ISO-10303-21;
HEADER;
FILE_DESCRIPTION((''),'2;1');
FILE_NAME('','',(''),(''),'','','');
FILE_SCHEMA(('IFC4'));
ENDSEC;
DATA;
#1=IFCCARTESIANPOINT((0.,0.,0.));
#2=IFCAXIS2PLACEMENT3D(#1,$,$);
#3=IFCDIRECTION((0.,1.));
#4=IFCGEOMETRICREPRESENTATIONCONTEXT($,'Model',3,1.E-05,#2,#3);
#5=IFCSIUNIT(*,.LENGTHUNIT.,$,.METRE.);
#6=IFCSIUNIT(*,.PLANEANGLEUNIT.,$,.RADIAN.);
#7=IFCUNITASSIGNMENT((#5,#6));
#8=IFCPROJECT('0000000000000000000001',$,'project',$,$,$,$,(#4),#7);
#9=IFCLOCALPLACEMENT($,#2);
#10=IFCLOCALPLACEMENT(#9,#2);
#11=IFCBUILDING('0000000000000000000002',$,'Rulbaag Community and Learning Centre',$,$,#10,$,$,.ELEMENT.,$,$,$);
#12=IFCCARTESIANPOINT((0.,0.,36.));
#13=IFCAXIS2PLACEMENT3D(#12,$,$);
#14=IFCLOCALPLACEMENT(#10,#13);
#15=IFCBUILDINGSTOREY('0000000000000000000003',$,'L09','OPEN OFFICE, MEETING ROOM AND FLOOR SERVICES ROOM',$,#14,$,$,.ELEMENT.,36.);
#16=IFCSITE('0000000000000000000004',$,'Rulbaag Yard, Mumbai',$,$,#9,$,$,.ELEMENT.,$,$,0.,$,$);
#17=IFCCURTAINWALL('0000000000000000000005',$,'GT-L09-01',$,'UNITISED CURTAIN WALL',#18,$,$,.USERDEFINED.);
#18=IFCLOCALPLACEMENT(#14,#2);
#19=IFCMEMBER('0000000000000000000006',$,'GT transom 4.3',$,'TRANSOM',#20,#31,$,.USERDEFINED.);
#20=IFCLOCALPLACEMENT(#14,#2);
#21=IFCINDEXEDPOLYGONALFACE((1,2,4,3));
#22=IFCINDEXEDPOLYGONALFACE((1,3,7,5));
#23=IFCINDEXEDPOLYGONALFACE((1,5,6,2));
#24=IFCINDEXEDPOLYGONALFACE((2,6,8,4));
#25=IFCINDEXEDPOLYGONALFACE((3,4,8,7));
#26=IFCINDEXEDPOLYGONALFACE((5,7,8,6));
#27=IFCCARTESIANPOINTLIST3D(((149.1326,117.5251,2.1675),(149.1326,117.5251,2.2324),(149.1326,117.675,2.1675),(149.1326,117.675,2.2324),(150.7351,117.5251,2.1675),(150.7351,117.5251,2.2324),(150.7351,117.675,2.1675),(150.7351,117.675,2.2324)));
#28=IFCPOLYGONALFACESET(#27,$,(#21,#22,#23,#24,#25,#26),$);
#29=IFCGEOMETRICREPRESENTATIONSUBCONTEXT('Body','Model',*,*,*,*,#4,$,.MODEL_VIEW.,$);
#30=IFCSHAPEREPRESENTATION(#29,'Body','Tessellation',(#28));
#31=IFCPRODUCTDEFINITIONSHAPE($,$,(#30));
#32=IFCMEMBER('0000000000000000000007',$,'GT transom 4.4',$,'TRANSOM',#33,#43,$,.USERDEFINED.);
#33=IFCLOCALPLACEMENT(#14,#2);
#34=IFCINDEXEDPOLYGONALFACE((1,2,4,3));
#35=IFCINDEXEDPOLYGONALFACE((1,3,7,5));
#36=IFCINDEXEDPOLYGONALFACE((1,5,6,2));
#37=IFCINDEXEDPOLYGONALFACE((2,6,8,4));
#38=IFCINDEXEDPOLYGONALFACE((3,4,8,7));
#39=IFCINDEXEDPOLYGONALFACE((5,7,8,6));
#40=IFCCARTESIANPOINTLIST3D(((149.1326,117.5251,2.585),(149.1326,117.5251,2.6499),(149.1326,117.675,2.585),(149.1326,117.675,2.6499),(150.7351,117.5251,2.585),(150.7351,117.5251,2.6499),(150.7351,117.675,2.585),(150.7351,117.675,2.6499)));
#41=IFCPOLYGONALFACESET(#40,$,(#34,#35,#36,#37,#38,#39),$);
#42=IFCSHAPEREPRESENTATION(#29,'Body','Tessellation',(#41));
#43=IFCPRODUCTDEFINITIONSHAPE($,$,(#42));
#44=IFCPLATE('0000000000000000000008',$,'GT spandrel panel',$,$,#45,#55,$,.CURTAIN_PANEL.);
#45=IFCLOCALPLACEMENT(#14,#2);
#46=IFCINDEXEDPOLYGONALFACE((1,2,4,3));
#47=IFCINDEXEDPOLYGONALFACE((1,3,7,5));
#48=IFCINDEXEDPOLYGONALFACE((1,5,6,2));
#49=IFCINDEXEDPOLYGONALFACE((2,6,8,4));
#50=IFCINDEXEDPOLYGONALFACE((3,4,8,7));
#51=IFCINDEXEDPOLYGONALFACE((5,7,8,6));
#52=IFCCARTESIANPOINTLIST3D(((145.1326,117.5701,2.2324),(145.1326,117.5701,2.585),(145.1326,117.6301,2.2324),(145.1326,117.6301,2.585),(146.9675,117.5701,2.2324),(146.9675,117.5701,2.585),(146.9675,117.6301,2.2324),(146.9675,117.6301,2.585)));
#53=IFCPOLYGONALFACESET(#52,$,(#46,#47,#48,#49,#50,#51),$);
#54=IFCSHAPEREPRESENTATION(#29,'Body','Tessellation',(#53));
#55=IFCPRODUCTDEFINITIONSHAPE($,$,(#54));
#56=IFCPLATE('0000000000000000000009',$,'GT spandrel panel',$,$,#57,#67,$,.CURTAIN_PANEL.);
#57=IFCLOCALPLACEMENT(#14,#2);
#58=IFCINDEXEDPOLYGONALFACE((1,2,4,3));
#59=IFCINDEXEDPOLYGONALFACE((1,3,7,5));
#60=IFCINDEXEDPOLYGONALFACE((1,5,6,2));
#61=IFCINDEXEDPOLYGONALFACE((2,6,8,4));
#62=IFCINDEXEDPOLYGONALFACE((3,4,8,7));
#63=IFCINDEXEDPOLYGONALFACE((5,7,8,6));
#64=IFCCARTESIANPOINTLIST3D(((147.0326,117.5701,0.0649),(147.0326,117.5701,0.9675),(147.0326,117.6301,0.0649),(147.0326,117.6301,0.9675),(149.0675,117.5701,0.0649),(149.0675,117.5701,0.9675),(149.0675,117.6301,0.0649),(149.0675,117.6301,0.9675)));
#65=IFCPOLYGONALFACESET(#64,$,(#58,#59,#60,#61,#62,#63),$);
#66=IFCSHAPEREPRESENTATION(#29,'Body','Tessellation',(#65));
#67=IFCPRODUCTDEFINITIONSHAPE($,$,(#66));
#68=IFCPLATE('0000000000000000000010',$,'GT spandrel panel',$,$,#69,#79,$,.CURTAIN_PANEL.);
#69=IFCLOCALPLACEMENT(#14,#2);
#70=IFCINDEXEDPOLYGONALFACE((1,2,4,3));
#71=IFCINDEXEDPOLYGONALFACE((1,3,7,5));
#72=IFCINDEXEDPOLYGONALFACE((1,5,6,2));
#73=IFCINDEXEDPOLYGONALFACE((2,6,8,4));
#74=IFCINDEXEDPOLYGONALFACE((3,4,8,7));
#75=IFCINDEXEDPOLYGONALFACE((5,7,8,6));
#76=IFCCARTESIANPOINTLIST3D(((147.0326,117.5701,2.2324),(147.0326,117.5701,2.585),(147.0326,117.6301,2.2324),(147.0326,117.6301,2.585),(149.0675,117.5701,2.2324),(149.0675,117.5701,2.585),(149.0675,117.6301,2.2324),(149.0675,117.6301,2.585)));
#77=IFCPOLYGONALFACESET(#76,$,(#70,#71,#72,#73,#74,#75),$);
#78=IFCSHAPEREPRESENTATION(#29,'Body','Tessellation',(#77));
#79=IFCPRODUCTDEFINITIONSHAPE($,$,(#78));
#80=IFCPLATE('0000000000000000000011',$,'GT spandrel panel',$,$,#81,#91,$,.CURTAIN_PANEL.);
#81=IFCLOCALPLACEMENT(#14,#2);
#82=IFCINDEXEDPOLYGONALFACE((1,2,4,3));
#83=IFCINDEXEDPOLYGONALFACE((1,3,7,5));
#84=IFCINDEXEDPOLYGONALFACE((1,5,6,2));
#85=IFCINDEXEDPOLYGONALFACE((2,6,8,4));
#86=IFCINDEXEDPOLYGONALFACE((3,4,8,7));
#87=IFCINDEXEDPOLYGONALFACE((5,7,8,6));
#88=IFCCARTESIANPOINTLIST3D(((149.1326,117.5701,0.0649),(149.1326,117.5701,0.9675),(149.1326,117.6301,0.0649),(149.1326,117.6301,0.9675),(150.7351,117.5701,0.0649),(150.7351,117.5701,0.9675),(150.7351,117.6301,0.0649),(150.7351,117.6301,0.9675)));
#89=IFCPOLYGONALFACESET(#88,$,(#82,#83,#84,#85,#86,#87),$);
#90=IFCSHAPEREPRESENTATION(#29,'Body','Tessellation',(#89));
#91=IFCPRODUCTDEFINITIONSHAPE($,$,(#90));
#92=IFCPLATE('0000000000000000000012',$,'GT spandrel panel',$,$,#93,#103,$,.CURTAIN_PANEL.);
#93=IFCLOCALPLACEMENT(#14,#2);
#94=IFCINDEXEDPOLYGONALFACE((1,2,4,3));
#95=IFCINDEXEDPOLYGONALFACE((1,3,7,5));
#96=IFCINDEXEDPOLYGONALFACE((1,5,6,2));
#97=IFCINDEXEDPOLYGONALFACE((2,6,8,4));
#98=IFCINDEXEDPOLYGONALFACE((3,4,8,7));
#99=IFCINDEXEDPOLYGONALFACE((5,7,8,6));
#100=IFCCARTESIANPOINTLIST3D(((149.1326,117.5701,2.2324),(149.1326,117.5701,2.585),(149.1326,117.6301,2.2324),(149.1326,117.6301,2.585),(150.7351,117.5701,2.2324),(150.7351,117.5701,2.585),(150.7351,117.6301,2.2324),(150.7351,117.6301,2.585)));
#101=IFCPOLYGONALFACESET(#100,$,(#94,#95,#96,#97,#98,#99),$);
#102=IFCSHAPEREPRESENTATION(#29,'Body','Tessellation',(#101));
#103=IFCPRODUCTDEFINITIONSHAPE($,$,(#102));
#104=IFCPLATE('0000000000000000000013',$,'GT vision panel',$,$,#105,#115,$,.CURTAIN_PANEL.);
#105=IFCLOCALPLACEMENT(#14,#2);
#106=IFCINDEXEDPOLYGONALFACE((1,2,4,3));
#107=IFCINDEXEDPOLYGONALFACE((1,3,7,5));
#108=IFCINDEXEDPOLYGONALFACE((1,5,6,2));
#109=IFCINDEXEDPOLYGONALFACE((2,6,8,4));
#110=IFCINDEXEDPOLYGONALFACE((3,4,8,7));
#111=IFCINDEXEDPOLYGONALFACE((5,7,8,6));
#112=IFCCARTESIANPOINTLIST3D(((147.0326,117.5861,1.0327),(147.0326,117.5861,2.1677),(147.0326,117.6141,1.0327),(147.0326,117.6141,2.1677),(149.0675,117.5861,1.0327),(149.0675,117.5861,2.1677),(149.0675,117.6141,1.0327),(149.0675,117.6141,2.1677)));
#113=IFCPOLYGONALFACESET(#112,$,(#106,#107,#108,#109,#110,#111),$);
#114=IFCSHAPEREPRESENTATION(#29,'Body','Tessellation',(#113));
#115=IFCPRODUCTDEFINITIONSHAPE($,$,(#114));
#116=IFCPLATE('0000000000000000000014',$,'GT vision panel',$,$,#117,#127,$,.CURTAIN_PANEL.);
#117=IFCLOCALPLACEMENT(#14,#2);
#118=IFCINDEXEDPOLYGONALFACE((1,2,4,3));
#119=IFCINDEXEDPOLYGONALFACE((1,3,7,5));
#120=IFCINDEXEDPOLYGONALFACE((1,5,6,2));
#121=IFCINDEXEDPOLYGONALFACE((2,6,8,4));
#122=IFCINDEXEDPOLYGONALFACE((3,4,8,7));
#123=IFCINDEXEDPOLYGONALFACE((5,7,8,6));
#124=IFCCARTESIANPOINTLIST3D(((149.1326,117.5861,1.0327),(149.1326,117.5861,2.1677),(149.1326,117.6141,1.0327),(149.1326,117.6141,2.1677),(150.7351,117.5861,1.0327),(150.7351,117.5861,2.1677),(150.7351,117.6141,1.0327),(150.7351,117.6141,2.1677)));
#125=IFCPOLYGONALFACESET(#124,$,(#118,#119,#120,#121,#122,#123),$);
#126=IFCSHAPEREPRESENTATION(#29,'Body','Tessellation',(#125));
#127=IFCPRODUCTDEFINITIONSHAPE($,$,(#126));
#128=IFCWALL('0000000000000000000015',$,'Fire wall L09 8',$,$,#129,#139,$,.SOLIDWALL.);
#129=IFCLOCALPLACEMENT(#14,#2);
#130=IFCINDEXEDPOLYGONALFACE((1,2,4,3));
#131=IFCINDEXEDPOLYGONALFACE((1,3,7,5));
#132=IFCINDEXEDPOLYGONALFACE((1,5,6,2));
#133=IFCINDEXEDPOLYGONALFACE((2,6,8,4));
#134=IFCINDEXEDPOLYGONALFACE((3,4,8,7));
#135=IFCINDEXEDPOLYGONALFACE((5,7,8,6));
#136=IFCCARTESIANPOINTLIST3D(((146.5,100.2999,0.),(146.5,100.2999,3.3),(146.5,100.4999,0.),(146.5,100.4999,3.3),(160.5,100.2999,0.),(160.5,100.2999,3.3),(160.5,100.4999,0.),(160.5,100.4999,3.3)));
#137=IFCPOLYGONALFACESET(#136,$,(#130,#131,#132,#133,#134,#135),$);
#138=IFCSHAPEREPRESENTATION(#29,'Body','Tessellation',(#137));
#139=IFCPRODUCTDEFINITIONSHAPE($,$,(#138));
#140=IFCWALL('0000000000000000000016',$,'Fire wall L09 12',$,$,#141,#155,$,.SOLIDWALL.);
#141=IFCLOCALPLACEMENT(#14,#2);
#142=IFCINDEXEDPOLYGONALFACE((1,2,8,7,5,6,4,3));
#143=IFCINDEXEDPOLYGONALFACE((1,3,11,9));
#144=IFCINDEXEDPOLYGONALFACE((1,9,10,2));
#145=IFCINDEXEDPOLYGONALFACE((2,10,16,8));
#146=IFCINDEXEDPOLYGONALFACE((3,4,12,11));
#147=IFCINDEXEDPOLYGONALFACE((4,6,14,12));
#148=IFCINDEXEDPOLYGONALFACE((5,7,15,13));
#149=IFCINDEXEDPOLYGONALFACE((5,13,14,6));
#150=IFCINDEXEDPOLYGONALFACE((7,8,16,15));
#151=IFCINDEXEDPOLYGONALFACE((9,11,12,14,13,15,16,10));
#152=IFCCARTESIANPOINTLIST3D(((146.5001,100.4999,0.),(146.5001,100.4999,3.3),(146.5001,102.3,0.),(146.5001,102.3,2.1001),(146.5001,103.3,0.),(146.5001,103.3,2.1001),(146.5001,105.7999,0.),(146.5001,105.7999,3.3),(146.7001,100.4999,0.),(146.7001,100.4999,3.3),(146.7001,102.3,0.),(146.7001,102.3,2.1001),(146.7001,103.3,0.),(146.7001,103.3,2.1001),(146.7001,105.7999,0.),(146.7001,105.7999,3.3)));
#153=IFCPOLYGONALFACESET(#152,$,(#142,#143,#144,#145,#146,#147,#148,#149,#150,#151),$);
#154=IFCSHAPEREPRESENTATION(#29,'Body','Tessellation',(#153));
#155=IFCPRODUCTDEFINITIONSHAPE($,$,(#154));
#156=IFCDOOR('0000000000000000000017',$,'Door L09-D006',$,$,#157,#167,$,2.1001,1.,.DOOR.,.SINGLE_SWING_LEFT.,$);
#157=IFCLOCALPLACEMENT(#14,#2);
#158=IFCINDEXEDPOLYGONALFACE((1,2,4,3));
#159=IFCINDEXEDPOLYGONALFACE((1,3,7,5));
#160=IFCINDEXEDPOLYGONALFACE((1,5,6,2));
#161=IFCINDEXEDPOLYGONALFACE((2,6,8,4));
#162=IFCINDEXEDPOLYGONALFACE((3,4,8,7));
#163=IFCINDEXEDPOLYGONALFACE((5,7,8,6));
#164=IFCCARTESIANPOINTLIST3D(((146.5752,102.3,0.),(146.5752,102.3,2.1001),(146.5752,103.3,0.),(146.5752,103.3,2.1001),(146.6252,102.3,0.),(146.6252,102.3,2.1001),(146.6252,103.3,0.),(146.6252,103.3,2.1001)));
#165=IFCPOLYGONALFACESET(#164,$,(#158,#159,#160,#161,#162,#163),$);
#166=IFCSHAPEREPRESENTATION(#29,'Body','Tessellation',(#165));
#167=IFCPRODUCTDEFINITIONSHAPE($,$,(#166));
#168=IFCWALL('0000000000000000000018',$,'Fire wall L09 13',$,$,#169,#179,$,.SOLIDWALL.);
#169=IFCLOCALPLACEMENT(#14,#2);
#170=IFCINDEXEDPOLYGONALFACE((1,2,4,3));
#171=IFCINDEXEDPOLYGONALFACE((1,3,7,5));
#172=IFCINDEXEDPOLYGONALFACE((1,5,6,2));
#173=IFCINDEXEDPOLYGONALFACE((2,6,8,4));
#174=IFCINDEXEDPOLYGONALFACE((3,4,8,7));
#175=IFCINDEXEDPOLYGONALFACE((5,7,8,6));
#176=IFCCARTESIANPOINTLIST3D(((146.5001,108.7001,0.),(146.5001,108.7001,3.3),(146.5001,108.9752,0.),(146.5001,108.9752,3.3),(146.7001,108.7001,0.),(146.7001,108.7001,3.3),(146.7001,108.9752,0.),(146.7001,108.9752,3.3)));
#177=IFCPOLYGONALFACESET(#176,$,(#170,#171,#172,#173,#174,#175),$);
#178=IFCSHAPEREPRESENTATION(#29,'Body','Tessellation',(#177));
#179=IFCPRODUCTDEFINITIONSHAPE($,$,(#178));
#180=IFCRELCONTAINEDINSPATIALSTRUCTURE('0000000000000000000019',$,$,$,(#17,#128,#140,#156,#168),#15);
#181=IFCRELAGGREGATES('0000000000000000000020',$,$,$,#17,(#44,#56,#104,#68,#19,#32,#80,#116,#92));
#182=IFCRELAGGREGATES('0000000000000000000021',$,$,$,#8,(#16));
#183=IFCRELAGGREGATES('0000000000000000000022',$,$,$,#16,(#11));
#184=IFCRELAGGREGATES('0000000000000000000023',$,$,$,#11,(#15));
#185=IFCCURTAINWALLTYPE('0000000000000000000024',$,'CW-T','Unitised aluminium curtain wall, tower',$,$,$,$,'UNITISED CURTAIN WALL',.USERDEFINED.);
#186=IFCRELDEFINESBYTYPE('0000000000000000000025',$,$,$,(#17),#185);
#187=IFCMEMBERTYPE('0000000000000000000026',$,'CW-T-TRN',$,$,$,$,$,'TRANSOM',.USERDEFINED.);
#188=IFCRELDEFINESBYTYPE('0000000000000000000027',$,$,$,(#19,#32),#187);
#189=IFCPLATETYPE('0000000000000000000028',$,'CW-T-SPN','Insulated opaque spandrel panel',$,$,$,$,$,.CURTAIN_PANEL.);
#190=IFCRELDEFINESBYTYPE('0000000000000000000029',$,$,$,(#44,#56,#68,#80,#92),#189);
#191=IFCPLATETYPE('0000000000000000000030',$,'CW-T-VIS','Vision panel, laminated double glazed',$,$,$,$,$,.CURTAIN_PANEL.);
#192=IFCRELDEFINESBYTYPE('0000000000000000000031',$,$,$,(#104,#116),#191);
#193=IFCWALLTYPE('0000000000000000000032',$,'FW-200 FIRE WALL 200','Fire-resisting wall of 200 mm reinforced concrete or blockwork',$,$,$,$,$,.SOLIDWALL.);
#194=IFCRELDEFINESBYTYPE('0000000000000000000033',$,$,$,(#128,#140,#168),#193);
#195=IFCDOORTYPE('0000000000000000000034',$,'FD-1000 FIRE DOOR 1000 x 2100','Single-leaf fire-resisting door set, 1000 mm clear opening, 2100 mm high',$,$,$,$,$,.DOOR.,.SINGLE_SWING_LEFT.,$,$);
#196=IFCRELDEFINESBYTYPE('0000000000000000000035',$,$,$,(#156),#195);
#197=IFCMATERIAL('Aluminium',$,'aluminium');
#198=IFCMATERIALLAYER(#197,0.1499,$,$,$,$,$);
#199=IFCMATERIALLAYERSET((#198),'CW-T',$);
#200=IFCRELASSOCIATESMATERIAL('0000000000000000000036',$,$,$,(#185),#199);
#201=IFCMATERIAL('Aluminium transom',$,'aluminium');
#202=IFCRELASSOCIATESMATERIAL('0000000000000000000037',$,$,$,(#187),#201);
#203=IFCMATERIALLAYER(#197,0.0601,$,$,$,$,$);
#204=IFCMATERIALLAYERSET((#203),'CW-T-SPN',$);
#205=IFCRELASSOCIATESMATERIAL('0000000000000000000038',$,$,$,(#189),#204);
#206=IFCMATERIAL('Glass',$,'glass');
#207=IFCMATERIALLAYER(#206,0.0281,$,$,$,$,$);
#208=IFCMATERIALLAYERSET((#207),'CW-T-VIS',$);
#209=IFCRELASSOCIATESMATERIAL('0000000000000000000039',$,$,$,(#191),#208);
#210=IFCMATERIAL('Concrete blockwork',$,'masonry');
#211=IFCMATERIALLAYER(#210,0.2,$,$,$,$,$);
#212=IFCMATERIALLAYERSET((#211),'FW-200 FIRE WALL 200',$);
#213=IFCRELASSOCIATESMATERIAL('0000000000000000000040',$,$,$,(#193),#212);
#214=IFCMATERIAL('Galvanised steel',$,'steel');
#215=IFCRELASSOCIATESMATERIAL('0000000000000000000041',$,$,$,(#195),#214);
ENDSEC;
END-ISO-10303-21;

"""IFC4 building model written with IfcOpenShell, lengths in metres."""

from ifc_helpers import new_model, si_unit, direction, frame, frame_2d, origin, origin_2d, place, context, subcontext, project, spatial, rectangle, extrude, material, layer, layer_set, material_profile, profile_set, type_object, element, fill, aggregate, save


model = new_model("IFC4")

# Units and contexts
model_context = context("Model", 3, precision=1e-05, world=origin(), true_north=direction((0.0, 1.0)))
body_context = subcontext(model_context, "Body", "Model", "MODEL_VIEW")
ifc_project = project(units=[si_unit("LENGTHUNIT", "METRE"), si_unit("PLANEANGLEUNIT", "RADIAN")], contexts=[model_context])

# Site, building, storey
site_placement = place(None, origin())
site = spatial("IfcSite", under=ifc_project, at=site_placement, Name="Rulbaag Yard, Mumbai", CompositionType="ELEMENT", RefElevation=0.0)
building_placement = place(site_placement, origin())
building = spatial("IfcBuilding", under=site, at=building_placement, Name="Rulbaag Community and Learning Centre", CompositionType="ELEMENT")
storey_placement = place(building_placement, frame((0.0, 0.0, 36.0)))
storey = spatial("IfcBuildingStorey", under=building, at=storey_placement, Name="L09", Description="OPEN OFFICE, MEETING ROOM AND FLOOR SERVICES ROOM", CompositionType="ELEMENT", Elevation=36.0)

# Curtain wall, members, plates
ifc_material_1 = material(Name="Aluminium", Category="aluminium")
ifc_layer_1 = layer(ifc_material_1, 0.1499)
ifc_layer_set_1 = layer_set([ifc_layer_1], Name="CW-T")
curtain_wall_type = type_object("IfcCurtainWallType", Name="CW-T", Description="Unitised aluminium curtain wall, tower", ElementType="UNITISED CURTAIN WALL", PredefinedType="USERDEFINED", material=ifc_layer_set_1)
curtain_wall_placement = place(storey_placement, origin())
curtain_wall = element("IfcCurtainWall", 1, at=curtain_wall_placement, inside=storey, type_object=curtain_wall_type, Name="GT-L09-01", ObjectType="UNITISED CURTAIN WALL", PredefinedType="USERDEFINED")
ifc_material_2 = material(Name="Aluminium transom", Category="aluminium")
ifc_material_profile_1 = material_profile(ifc_material_2, rectangle(XDim=0.1499, YDim=0.0649, at=origin_2d()), Name="AL 65x150 T")
ifc_profile_set_1 = profile_set([ifc_material_profile_1], Name="Aluminium transom")
member_type_1 = type_object("IfcMemberType", Name="CW-T-TRN", ElementType="TRANSOM", PredefinedType="USERDEFINED", material=ifc_profile_set_1)
member_1_placement = place(storey_placement, frame((149.1326, 117.6001, 2.2), z_axis=(1.0, 0.0, 0.0), x_axis=(0.0, 1.0, 0.0)))
member_1 = element("IfcMember", 2, at=member_1_placement, type_object=member_type_1, Name="GT transom 4.3", ObjectType="TRANSOM", PredefinedType="USERDEFINED", context=body_context, shape_type="SweptSolid", body=[
    extrude(rectangle(XDim=0.1499, YDim=0.0649, at=origin_2d()), origin(), (0.0, 0.0, 1.0), 1.6025),
])
member_2_placement = place(storey_placement, frame((149.1326, 117.6001, 2.6174), z_axis=(1.0, 0.0, 0.0), x_axis=(0.0, 1.0, 0.0)))
member_2 = element("IfcMember", 3, at=member_2_placement, type_object=member_type_1, Name="GT transom 4.4", ObjectType="TRANSOM", PredefinedType="USERDEFINED", context=body_context, shape_type="SweptSolid", body=[
    extrude(rectangle(XDim=0.1499, YDim=0.0649, at=origin_2d()), origin(), (0.0, 0.0, 1.0), 1.6025),
])
ifc_layer_2 = layer(ifc_material_1, 0.0601)
ifc_layer_set_2 = layer_set([ifc_layer_2], Name="CW-T-SPN")
plate_type_1 = type_object("IfcPlateType", Name="CW-T-SPN", Description="Insulated opaque spandrel panel", PredefinedType="CURTAIN_PANEL", material=ifc_layer_set_2)
plate_1_placement = place(storey_placement, frame((146.05, 117.6001, 2.2324), z_axis=(0.0, 0.0, 1.0), x_axis=(1.0, 0.0, 0.0)))
plate_1 = element("IfcPlate", 4, at=plate_1_placement, type_object=plate_type_1, Name="GT spandrel panel", PredefinedType="CURTAIN_PANEL", context=body_context, shape_type="SweptSolid", body=[
    extrude(rectangle(XDim=1.835, YDim=0.0601, at=origin_2d()), origin(), (0.0, 0.0, 1.0), 0.3525),
])
plate_2_placement = place(storey_placement, frame((148.05, 117.6001, 0.0649), z_axis=(0.0, 0.0, 1.0), x_axis=(1.0, 0.0, 0.0)))
plate_2 = element("IfcPlate", 5, at=plate_2_placement, type_object=plate_type_1, Name="GT spandrel panel", PredefinedType="CURTAIN_PANEL", context=body_context, shape_type="SweptSolid", body=[
    extrude(rectangle(XDim=2.0349, YDim=0.0601, at=origin_2d()), origin(), (0.0, 0.0, 1.0), 0.9026),
])
plate_3_placement = place(storey_placement, frame((148.05, 117.6001, 2.2324), z_axis=(0.0, 0.0, 1.0), x_axis=(1.0, 0.0, 0.0)))
plate_3 = element("IfcPlate", 6, at=plate_3_placement, type_object=plate_type_1, Name="GT spandrel panel", PredefinedType="CURTAIN_PANEL", context=body_context, shape_type="SweptSolid", body=[
    extrude(rectangle(XDim=2.0349, YDim=0.0601, at=origin_2d()), origin(), (0.0, 0.0, 1.0), 0.3525),
])
plate_4_placement = place(storey_placement, frame((149.9338, 117.6001, 0.0649), z_axis=(0.0, 0.0, 1.0), x_axis=(1.0, 0.0, 0.0)))
plate_4 = element("IfcPlate", 7, at=plate_4_placement, type_object=plate_type_1, Name="GT spandrel panel", PredefinedType="CURTAIN_PANEL", context=body_context, shape_type="SweptSolid", body=[
    extrude(rectangle(XDim=1.6025, YDim=0.0601, at=origin_2d()), origin(), (0.0, 0.0, 1.0), 0.9026),
])
plate_5_placement = place(storey_placement, frame((149.9338, 117.6001, 2.2324), z_axis=(0.0, 0.0, 1.0), x_axis=(1.0, 0.0, 0.0)))
plate_5 = element("IfcPlate", 8, at=plate_5_placement, type_object=plate_type_1, Name="GT spandrel panel", PredefinedType="CURTAIN_PANEL", context=body_context, shape_type="SweptSolid", body=[
    extrude(rectangle(XDim=1.6025, YDim=0.0601, at=origin_2d()), origin(), (0.0, 0.0, 1.0), 0.3525),
])
ifc_material_3 = material(Name="Glass", Category="glass")
ifc_layer_3 = layer(ifc_material_3, 0.0281)
ifc_layer_set_3 = layer_set([ifc_layer_3], Name="CW-T-VIS")
plate_type_2 = type_object("IfcPlateType", Name="CW-T-VIS", Description="Vision panel, laminated double glazed", PredefinedType="CURTAIN_PANEL", material=ifc_layer_set_3)
plate_6_placement = place(storey_placement, frame((148.05, 117.6001, 1.0327), z_axis=(0.0, 0.0, 1.0), x_axis=(1.0, 0.0, 0.0)))
plate_6 = element("IfcPlate", 9, at=plate_6_placement, type_object=plate_type_2, Name="GT vision panel", PredefinedType="CURTAIN_PANEL", context=body_context, shape_type="SweptSolid", body=[
    extrude(rectangle(XDim=2.0349, YDim=0.0281, at=origin_2d()), origin(), (0.0, 0.0, 1.0), 1.135),
])
plate_7_placement = place(storey_placement, frame((149.9338, 117.6001, 1.0327), z_axis=(0.0, 0.0, 1.0), x_axis=(1.0, 0.0, 0.0)))
plate_7 = element("IfcPlate", 10, at=plate_7_placement, type_object=plate_type_2, Name="GT vision panel", PredefinedType="CURTAIN_PANEL", context=body_context, shape_type="SweptSolid", body=[
    extrude(rectangle(XDim=1.6025, YDim=0.0281, at=origin_2d()), origin(), (0.0, 0.0, 1.0), 1.135),
])
aggregate(curtain_wall, [plate_1, plate_2, plate_6, plate_3, member_1, member_2, plate_4, plate_7, plate_5])

# Wall
ifc_material_4 = material(Name="Concrete blockwork", Category="masonry")
ifc_layer_4 = layer(ifc_material_4, 0.2)
ifc_layer_set_4 = layer_set([ifc_layer_4], Name="FW-200 FIRE WALL 200")
wall_type_1 = type_object("IfcWallType", Name="FW-200 FIRE WALL 200", Description="Fire-resisting wall of 200 mm reinforced concrete or blockwork", PredefinedType="SOLIDWALL", material=ifc_layer_set_4)
wall_1_placement = place(storey_placement, frame((146.5, 100.3999, 0.0), z_axis=(0.0, 0.0, 1.0), x_axis=(1.0, 0.0, 0.0)))
element("IfcWall", 11, at=wall_1_placement, inside=storey, type_object=wall_type_1, Name="Fire wall L09 8", PredefinedType="SOLIDWALL", context=body_context, shape_type="SweptSolid", body=[
    extrude(rectangle(XDim=14.0, YDim=0.2, at=frame_2d((7.0, 0.0))), origin(), (0.0, 0.0, 1.0), 3.3),
])

# Wall, opening, door
wall_2_placement = place(storey_placement, frame((146.6001, 100.5, 0.0), z_axis=(0.0, 0.0, 1.0), x_axis=(0.0, 1.0, 0.0)))
wall_2 = element("IfcWall", 12, at=wall_2_placement, inside=storey, type_object=wall_type_1, Name="Fire wall L09 12", PredefinedType="SOLIDWALL", context=body_context, shape_type="SweptSolid", body=[
    extrude(rectangle(XDim=5.3, YDim=0.2, at=frame_2d((2.6499, 0.0))), origin(), (0.0, 0.0, 1.0), 3.3),
])
opening_1_placement = place(wall_2_placement, frame((1.8, 0.0, 0.0)))
opening_1 = element("IfcOpeningElement", 13, at=opening_1_placement, cuts=wall_2, PredefinedType="OPENING", context=body_context, shape_type="SweptSolid", body=[
    extrude(rectangle(XDim=1.0, YDim=2.1001, at=frame_2d((0.5, 1.05))), frame((0.0, 0.1099, 0.0), z_axis=(0.0, -1.0, 0.0), x_axis=(1.0, 0.0, 0.0)), (0.0, 0.0, 1.0), 0.22),
])
ifc_material_5 = material(Name="Galvanised steel", Category="steel")
door_type_1 = type_object("IfcDoorType", Name="FD-1000 FIRE DOOR 1000 x 2100", Description="Single-leaf fire-resisting door set, 1000 mm clear opening, 2100 mm high", OperationType="SINGLE_SWING_LEFT", PredefinedType="DOOR", material=ifc_material_5)
door_1_placement = place(opening_1_placement, origin())
door_1 = element("IfcDoor", 14, at=door_1_placement, inside=storey, type_object=door_type_1, Name="Door L09-D006", OperationType="SINGLE_SWING_LEFT", OverallHeight=2.1001, OverallWidth=1.0, PredefinedType="DOOR", context=body_context, shape_type="SweptSolid", body=[
    extrude(rectangle(XDim=1.0, YDim=2.1001, at=frame_2d((0.5, 1.05))), frame((0.0, 0.0249, 0.0), z_axis=(0.0, -1.0, 0.0), x_axis=(1.0, 0.0, 0.0)), (0.0, 0.0, 1.0), 0.05),
])
fill(opening_1, door_1)

# Wall
wall_3_placement = place(storey_placement, frame((146.6001, 108.7, 0.0), z_axis=(0.0, 0.0, 1.0), x_axis=(0.0, 1.0, 0.0)))
element("IfcWall", 15, at=wall_3_placement, inside=storey, type_object=wall_type_1, Name="Fire wall L09 13", PredefinedType="SOLIDWALL", context=body_context, shape_type="SweptSolid", body=[
    extrude(rectangle(XDim=0.2751, YDim=0.2, at=frame_2d((0.1377, 0.0))), origin(), (0.0, 0.0, 1.0), 3.3),
])

save(model, "model.ifc")
